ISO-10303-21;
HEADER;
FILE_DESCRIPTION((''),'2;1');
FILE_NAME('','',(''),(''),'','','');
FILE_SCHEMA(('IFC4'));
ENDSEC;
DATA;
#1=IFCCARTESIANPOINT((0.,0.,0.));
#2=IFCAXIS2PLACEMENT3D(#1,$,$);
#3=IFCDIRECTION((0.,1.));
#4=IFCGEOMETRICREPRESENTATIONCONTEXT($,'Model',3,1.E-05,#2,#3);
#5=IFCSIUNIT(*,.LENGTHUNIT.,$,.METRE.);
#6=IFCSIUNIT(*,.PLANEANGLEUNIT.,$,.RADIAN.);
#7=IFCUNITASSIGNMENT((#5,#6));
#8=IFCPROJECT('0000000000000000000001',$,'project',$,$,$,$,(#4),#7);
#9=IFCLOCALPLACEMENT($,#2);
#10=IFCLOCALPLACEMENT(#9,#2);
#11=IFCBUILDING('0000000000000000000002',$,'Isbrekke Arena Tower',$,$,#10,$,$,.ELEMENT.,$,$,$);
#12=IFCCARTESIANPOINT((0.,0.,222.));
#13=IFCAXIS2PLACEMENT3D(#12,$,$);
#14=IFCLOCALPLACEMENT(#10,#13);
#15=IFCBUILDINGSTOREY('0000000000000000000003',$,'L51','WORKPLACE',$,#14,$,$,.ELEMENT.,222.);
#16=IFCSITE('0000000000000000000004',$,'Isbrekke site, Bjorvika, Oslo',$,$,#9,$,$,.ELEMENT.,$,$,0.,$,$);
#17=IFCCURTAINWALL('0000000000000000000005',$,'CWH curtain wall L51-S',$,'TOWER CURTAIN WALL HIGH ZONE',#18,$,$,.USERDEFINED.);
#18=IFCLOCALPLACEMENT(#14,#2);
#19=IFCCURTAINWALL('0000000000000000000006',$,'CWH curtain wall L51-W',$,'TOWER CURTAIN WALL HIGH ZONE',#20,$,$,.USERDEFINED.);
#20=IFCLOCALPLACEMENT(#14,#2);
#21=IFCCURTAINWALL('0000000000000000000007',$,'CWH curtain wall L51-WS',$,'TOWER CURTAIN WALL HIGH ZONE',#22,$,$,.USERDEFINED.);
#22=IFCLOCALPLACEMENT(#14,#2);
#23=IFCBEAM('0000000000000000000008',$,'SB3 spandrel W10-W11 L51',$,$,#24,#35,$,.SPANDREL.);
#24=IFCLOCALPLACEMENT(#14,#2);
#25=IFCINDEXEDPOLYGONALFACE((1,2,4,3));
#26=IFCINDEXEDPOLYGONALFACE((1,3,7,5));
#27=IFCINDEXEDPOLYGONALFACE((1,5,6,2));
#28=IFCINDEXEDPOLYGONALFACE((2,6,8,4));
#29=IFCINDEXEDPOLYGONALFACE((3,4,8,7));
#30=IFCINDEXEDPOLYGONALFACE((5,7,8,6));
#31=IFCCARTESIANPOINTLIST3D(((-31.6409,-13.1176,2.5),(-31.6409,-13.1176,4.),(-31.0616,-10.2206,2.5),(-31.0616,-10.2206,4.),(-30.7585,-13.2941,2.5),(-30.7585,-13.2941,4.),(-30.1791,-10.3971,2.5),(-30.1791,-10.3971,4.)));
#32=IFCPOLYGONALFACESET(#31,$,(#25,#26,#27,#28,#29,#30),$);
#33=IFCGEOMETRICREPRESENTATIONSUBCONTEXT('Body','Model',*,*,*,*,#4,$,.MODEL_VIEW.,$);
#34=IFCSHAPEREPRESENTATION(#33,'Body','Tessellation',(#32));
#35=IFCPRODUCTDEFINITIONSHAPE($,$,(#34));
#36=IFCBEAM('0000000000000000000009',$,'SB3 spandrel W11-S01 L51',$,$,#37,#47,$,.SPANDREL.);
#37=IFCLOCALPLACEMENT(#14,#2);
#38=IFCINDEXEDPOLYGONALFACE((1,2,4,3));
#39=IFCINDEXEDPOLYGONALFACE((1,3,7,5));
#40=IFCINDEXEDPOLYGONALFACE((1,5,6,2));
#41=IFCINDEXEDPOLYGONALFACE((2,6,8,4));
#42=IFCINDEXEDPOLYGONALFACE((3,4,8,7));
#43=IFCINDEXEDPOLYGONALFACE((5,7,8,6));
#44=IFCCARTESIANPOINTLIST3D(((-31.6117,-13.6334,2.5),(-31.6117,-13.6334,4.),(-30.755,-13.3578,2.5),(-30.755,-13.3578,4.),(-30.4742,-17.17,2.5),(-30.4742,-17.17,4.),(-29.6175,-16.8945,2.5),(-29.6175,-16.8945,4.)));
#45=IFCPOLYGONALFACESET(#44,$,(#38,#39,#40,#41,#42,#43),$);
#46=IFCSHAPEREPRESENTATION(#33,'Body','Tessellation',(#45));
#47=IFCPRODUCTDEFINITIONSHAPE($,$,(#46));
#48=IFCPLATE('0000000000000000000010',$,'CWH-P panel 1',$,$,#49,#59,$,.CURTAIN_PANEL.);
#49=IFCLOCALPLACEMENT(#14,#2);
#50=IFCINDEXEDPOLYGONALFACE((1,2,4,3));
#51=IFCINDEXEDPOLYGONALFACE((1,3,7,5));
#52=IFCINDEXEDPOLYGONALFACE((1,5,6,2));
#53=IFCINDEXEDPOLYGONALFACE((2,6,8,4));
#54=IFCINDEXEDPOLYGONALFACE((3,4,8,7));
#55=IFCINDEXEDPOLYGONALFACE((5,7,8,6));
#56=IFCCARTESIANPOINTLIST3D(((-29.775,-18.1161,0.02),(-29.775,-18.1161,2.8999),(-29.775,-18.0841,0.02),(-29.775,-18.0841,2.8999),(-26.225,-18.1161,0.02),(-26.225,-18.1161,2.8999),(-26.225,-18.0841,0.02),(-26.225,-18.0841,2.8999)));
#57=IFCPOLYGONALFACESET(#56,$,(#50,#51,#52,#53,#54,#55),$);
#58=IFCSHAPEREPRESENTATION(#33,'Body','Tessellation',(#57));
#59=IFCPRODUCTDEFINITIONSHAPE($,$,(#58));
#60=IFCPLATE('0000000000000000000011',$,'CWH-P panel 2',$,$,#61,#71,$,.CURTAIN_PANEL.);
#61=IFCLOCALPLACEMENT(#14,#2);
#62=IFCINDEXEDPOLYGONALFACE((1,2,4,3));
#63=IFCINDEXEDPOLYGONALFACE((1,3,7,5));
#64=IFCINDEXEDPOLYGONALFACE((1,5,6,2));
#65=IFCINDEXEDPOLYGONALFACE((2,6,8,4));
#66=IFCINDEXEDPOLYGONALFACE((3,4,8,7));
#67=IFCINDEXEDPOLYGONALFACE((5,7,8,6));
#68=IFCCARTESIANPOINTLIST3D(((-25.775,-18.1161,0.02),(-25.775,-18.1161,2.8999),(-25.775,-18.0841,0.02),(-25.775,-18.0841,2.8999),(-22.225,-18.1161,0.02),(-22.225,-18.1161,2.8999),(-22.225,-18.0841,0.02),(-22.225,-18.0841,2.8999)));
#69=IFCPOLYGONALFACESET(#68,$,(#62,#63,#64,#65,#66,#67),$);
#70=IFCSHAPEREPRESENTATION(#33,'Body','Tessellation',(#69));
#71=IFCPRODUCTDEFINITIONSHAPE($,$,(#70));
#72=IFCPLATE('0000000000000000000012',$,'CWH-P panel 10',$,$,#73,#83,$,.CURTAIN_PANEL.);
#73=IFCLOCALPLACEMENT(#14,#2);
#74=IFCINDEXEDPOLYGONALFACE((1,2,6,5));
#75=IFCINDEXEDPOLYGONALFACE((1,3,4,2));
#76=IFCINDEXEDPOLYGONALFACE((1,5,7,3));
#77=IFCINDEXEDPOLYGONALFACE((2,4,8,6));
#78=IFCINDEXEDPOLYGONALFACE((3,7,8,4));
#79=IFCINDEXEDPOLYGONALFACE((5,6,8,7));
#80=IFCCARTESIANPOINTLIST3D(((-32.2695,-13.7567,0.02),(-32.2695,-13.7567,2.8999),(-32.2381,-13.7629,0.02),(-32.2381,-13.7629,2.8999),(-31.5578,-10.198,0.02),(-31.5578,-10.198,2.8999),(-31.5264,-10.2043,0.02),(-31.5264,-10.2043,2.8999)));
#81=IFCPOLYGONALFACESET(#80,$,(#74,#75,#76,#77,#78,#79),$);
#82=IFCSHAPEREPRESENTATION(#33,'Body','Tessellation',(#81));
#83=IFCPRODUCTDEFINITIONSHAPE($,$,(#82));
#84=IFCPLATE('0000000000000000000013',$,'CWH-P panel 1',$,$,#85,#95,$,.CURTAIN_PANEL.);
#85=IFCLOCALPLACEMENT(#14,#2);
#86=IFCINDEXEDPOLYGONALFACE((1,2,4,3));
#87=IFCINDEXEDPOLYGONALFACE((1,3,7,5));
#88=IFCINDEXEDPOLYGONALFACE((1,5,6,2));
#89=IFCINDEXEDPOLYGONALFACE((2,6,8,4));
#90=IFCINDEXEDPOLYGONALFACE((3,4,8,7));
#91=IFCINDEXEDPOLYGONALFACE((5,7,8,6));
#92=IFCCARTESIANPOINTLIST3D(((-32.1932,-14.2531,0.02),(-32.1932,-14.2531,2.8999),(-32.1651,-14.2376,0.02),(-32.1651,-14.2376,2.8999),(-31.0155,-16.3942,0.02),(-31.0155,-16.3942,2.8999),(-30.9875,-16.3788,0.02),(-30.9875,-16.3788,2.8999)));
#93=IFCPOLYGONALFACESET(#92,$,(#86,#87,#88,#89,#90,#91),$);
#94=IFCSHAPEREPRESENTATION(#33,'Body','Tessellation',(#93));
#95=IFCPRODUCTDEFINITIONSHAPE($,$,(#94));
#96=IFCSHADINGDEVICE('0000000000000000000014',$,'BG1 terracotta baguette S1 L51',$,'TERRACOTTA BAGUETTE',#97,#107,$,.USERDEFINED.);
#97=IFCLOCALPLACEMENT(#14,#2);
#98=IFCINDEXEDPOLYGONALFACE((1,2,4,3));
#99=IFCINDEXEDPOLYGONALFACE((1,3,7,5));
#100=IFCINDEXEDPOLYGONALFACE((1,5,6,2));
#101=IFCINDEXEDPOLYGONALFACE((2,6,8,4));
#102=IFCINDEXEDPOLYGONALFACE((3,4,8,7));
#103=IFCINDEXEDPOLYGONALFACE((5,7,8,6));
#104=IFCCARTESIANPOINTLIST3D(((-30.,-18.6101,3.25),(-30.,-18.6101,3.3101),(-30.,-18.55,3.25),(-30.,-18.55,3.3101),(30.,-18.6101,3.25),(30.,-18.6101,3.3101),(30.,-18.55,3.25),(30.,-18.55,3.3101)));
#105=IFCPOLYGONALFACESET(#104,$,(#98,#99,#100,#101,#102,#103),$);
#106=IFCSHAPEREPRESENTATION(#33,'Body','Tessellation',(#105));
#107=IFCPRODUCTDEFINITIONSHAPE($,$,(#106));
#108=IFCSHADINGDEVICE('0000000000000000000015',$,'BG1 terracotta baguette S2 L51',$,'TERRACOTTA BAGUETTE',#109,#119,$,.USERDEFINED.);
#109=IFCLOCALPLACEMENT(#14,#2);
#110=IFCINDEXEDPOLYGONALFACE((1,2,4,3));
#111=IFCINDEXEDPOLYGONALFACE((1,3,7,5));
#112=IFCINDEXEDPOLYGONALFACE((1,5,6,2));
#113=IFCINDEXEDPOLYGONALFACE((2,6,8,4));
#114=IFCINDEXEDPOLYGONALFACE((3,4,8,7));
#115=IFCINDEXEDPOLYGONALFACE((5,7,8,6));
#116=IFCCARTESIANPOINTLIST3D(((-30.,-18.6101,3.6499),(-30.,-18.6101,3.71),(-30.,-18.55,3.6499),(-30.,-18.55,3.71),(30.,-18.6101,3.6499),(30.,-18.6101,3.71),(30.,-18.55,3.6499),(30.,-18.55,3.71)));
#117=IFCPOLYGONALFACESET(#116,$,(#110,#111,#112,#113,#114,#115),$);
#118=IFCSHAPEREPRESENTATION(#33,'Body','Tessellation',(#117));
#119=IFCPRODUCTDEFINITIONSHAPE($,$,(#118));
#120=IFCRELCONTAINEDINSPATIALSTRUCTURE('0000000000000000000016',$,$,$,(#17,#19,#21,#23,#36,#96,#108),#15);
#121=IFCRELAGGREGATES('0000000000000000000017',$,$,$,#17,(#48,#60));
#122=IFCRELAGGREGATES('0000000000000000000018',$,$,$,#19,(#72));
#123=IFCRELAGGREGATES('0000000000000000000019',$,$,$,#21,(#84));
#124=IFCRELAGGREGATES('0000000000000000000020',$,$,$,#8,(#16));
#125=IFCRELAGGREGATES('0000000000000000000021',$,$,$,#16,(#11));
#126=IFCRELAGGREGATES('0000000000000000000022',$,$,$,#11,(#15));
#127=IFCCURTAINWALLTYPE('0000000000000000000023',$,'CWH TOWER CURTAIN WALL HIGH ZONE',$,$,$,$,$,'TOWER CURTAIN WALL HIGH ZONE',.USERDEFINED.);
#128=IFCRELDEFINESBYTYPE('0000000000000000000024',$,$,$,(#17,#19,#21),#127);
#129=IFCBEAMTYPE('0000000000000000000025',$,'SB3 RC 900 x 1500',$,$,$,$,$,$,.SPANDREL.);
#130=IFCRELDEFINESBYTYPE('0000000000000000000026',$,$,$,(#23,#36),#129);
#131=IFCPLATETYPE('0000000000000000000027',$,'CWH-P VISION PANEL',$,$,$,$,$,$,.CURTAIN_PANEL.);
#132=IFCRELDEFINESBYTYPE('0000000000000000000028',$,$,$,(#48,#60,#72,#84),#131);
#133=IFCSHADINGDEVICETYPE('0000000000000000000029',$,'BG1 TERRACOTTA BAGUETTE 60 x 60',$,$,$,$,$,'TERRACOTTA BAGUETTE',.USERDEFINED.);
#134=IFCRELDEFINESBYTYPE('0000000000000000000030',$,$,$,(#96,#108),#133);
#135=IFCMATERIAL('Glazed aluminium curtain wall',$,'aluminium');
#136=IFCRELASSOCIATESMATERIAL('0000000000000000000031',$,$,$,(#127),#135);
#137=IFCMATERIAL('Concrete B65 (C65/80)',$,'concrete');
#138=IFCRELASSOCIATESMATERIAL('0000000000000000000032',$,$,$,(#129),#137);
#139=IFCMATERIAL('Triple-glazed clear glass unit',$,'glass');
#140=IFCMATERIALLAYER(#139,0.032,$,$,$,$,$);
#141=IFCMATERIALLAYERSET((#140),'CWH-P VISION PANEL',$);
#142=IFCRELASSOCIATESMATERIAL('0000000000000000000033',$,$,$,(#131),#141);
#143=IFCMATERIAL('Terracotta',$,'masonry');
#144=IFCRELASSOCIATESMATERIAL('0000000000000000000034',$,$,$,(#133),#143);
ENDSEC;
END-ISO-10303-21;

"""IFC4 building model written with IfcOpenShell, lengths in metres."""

from ifc_helpers import new_model, si_unit, direction, frame, origin, origin_2d, place, context, subcontext, project, spatial, rectangle, extrude, material, layer, layer_set, material_profile, profile_set, type_object, element, aggregate, save


model = new_model("IFC4")

# Units and contexts
model_context = context("Model", 3, precision=1e-05, world=origin(), true_north=direction((0.0, 1.0)))
body_context = subcontext(model_context, "Body", "Model", "MODEL_VIEW")
ifc_project = project(units=[si_unit("LENGTHUNIT", "METRE"), si_unit("PLANEANGLEUNIT", "RADIAN")], contexts=[model_context])

# Site, building, storey
site_placement = place(None, origin())
site = spatial("IfcSite", under=ifc_project, at=site_placement, Name="Isbrekke site, Bjorvika, Oslo", CompositionType="ELEMENT", RefElevation=0.0)
building_placement = place(site_placement, origin())
building = spatial("IfcBuilding", under=site, at=building_placement, Name="Isbrekke Arena Tower", CompositionType="ELEMENT")
storey_placement = place(building_placement, frame((0.0, 0.0, 222.0)))
storey = spatial("IfcBuildingStorey", under=building, at=storey_placement, Name="L51", Description="WORKPLACE", CompositionType="ELEMENT", Elevation=222.0)

# Curtain wall
ifc_material_1 = material(Name="Glazed aluminium curtain wall", Category="aluminium")
curtain_wall_type = type_object("IfcCurtainWallType", Name="CWH TOWER CURTAIN WALL HIGH ZONE", ElementType="TOWER CURTAIN WALL HIGH ZONE", PredefinedType="USERDEFINED", material=ifc_material_1)
curtain_wall_1_placement = place(storey_placement, origin())
curtain_wall_1 = element("IfcCurtainWall", 1, at=curtain_wall_1_placement, inside=storey, type_object=curtain_wall_type, Name="CWH curtain wall L51-S", ObjectType="TOWER CURTAIN WALL HIGH ZONE", PredefinedType="USERDEFINED")

# Curtain walls
curtain_wall_2_placement = place(storey_placement, origin())
curtain_wall_2 = element("IfcCurtainWall", 2, at=curtain_wall_2_placement, inside=storey, type_object=curtain_wall_type, Name="CWH curtain wall L51-W", ObjectType="TOWER CURTAIN WALL HIGH ZONE", PredefinedType="USERDEFINED")
curtain_wall_3_placement = place(storey_placement, origin())
curtain_wall_3 = element("IfcCurtainWall", 3, at=curtain_wall_3_placement, inside=storey, type_object=curtain_wall_type, Name="CWH curtain wall L51-WS", ObjectType="TOWER CURTAIN WALL HIGH ZONE", PredefinedType="USERDEFINED")

# Beams
ifc_material_2 = material(Name="Concrete B65 (C65/80)", Category="concrete")
ifc_material_profile_1 = material_profile(ifc_material_2, rectangle(XDim=0.8999, YDim=1.5, at=origin_2d()), Name="RC 900x1500")
ifc_profile_set_1 = profile_set([ifc_material_profile_1], Name="Concrete B65 (C65/80)")
beam_type_1 = type_object("IfcBeamType", Name="SB3 RC 900 x 1500", PredefinedType="SPANDREL", material=ifc_profile_set_1)
beam_1_placement = place(storey_placement, frame((-30.6204, -10.3088, 3.25), z_axis=(-0.1961, -0.980584, 0.0), x_axis=(0.980584, -0.1961, 0.0)))
element("IfcBeam", 4, at=beam_1_placement, inside=storey, type_object=beam_type_1, Name="SB3 spandrel W10-W11 L51", PredefinedType="SPANDREL", context=body_context, shape_type="SweptSolid", body=[
    extrude(rectangle(XDim=0.8999, YDim=1.5, at=origin_2d()), origin(), (0.0, 0.0, 1.0), 2.9543),
])
beam_2_placement = place(storey_placement, frame((-31.1833, -13.4956, 3.25), z_axis=(0.306175, -0.951975, 0.0), x_axis=(0.951975, 0.306175, 0.0)))
element("IfcBeam", 5, at=beam_2_placement, inside=storey, type_object=beam_type_1, Name="SB3 spandrel W11-S01 L51", PredefinedType="SPANDREL", context=body_context, shape_type="SweptSolid", body=[
    extrude(rectangle(XDim=0.8999, YDim=1.5, at=origin_2d()), origin(), (0.0, 0.0, 1.0), 3.7151),
])

# Plates
ifc_material_3 = material(Name="Triple-glazed clear glass unit", Category="glass")
ifc_layer = layer(ifc_material_3, 0.032)
ifc_layer_set = layer_set([ifc_layer], Name="CWH-P VISION PANEL")
plate_type = type_object("IfcPlateType", Name="CWH-P VISION PANEL", PredefinedType="CURTAIN_PANEL", material=ifc_layer_set)
plate_1_placement = place(storey_placement, frame((-28.0, -18.1001, 0.02), z_axis=(0.0, 0.0, 1.0), x_axis=(1.0, 0.0, 0.0)))
plate_1 = element("IfcPlate", 6, at=plate_1_placement, type_object=plate_type, Name="CWH-P panel 1", PredefinedType="CURTAIN_PANEL", context=body_context, shape_type="SweptSolid", body=[
    extrude(rectangle(XDim=3.55, YDim=0.032, at=origin_2d()), origin(), (0.0, 0.0, 1.0), 2.8799),
])
plate_2_placement = place(storey_placement, frame((-24.0, -18.1001, 0.02), z_axis=(0.0, 0.0, 1.0), x_axis=(1.0, 0.0, 0.0)))
plate_2 = element("IfcPlate", 7, at=plate_2_placement, type_object=plate_type, Name="CWH-P panel 2", PredefinedType="CURTAIN_PANEL", context=body_context, shape_type="SweptSolid", body=[
    extrude(rectangle(XDim=3.55, YDim=0.032, at=origin_2d()), origin(), (0.0, 0.0, 1.0), 2.8799),
])
aggregate(curtain_wall_1, [plate_1, plate_2])
plate_3_placement = place(storey_placement, frame((-31.8979, -11.9805, 0.02), z_axis=(0.0, 0.0, 1.0), x_axis=(-0.196116, -0.980581, 0.0)))
plate_3 = element("IfcPlate", 8, at=plate_3_placement, type_object=plate_type, Name="CWH-P panel 10", PredefinedType="CURTAIN_PANEL", context=body_context, shape_type="SweptSolid", body=[
    extrude(rectangle(XDim=3.6292, YDim=0.032, at=origin_2d()), origin(), (0.0, 0.0, 1.0), 2.8799),
])
aggregate(curtain_wall_2, [plate_3])
plate_4_placement = place(storey_placement, frame((-31.5903, -15.3159, 0.02), z_axis=(0.0, 0.0, 1.0), x_axis=(0.481919, -0.876216, 0.0)))
plate_4 = element("IfcPlate", 9, at=plate_4_placement, type_object=plate_type, Name="CWH-P panel 1", PredefinedType="CURTAIN_PANEL", context=body_context, shape_type="SweptSolid", body=[
    extrude(rectangle(XDim=2.4436, YDim=0.032, at=origin_2d()), origin(), (0.0, 0.0, 1.0), 2.8799),
])
aggregate(curtain_wall_3, [plate_4])

# Shading devices
ifc_material_4 = material(Name="Terracotta", Category="masonry")
ifc_material_profile_2 = material_profile(ifc_material_4, rectangle(XDim=0.0601, YDim=0.0601, at=origin_2d()), Name="BAGUETTE 60X60")
ifc_profile_set_2 = profile_set([ifc_material_profile_2], Name="Terracotta")
shading_device_type = type_object("IfcShadingDeviceType", Name="BG1 TERRACOTTA BAGUETTE 60 x 60", ElementType="TERRACOTTA BAGUETTE", PredefinedType="USERDEFINED", material=ifc_profile_set_2)
for number, where, z_axis, x_axis, name in (
    (10, (-30.0, -18.5801, 3.28), (1.0, 0.0, 0.0), (0.0, 1.0, 0.0), "BG1 terracotta baguette S1 L51"),
    (11, (-30.0, -18.5801, 3.6799), (1.0, 0.0, 0.0), (0.0, 1.0, 0.0), "BG1 terracotta baguette S2 L51"),
):
    element("IfcShadingDevice", number, at=place(storey_placement, frame(where, z_axis=z_axis, x_axis=x_axis)), inside=storey, type_object=shading_device_type, Name=name, ObjectType="TERRACOTTA BAGUETTE", PredefinedType="USERDEFINED", context=body_context, shape_type="SweptSolid", body=[
        extrude(rectangle(XDim=0.0601, YDim=0.0601, at=origin_2d()), origin(), (0.0, 0.0, 1.0), 60.0),
    ])

save(model, "model.ifc")
